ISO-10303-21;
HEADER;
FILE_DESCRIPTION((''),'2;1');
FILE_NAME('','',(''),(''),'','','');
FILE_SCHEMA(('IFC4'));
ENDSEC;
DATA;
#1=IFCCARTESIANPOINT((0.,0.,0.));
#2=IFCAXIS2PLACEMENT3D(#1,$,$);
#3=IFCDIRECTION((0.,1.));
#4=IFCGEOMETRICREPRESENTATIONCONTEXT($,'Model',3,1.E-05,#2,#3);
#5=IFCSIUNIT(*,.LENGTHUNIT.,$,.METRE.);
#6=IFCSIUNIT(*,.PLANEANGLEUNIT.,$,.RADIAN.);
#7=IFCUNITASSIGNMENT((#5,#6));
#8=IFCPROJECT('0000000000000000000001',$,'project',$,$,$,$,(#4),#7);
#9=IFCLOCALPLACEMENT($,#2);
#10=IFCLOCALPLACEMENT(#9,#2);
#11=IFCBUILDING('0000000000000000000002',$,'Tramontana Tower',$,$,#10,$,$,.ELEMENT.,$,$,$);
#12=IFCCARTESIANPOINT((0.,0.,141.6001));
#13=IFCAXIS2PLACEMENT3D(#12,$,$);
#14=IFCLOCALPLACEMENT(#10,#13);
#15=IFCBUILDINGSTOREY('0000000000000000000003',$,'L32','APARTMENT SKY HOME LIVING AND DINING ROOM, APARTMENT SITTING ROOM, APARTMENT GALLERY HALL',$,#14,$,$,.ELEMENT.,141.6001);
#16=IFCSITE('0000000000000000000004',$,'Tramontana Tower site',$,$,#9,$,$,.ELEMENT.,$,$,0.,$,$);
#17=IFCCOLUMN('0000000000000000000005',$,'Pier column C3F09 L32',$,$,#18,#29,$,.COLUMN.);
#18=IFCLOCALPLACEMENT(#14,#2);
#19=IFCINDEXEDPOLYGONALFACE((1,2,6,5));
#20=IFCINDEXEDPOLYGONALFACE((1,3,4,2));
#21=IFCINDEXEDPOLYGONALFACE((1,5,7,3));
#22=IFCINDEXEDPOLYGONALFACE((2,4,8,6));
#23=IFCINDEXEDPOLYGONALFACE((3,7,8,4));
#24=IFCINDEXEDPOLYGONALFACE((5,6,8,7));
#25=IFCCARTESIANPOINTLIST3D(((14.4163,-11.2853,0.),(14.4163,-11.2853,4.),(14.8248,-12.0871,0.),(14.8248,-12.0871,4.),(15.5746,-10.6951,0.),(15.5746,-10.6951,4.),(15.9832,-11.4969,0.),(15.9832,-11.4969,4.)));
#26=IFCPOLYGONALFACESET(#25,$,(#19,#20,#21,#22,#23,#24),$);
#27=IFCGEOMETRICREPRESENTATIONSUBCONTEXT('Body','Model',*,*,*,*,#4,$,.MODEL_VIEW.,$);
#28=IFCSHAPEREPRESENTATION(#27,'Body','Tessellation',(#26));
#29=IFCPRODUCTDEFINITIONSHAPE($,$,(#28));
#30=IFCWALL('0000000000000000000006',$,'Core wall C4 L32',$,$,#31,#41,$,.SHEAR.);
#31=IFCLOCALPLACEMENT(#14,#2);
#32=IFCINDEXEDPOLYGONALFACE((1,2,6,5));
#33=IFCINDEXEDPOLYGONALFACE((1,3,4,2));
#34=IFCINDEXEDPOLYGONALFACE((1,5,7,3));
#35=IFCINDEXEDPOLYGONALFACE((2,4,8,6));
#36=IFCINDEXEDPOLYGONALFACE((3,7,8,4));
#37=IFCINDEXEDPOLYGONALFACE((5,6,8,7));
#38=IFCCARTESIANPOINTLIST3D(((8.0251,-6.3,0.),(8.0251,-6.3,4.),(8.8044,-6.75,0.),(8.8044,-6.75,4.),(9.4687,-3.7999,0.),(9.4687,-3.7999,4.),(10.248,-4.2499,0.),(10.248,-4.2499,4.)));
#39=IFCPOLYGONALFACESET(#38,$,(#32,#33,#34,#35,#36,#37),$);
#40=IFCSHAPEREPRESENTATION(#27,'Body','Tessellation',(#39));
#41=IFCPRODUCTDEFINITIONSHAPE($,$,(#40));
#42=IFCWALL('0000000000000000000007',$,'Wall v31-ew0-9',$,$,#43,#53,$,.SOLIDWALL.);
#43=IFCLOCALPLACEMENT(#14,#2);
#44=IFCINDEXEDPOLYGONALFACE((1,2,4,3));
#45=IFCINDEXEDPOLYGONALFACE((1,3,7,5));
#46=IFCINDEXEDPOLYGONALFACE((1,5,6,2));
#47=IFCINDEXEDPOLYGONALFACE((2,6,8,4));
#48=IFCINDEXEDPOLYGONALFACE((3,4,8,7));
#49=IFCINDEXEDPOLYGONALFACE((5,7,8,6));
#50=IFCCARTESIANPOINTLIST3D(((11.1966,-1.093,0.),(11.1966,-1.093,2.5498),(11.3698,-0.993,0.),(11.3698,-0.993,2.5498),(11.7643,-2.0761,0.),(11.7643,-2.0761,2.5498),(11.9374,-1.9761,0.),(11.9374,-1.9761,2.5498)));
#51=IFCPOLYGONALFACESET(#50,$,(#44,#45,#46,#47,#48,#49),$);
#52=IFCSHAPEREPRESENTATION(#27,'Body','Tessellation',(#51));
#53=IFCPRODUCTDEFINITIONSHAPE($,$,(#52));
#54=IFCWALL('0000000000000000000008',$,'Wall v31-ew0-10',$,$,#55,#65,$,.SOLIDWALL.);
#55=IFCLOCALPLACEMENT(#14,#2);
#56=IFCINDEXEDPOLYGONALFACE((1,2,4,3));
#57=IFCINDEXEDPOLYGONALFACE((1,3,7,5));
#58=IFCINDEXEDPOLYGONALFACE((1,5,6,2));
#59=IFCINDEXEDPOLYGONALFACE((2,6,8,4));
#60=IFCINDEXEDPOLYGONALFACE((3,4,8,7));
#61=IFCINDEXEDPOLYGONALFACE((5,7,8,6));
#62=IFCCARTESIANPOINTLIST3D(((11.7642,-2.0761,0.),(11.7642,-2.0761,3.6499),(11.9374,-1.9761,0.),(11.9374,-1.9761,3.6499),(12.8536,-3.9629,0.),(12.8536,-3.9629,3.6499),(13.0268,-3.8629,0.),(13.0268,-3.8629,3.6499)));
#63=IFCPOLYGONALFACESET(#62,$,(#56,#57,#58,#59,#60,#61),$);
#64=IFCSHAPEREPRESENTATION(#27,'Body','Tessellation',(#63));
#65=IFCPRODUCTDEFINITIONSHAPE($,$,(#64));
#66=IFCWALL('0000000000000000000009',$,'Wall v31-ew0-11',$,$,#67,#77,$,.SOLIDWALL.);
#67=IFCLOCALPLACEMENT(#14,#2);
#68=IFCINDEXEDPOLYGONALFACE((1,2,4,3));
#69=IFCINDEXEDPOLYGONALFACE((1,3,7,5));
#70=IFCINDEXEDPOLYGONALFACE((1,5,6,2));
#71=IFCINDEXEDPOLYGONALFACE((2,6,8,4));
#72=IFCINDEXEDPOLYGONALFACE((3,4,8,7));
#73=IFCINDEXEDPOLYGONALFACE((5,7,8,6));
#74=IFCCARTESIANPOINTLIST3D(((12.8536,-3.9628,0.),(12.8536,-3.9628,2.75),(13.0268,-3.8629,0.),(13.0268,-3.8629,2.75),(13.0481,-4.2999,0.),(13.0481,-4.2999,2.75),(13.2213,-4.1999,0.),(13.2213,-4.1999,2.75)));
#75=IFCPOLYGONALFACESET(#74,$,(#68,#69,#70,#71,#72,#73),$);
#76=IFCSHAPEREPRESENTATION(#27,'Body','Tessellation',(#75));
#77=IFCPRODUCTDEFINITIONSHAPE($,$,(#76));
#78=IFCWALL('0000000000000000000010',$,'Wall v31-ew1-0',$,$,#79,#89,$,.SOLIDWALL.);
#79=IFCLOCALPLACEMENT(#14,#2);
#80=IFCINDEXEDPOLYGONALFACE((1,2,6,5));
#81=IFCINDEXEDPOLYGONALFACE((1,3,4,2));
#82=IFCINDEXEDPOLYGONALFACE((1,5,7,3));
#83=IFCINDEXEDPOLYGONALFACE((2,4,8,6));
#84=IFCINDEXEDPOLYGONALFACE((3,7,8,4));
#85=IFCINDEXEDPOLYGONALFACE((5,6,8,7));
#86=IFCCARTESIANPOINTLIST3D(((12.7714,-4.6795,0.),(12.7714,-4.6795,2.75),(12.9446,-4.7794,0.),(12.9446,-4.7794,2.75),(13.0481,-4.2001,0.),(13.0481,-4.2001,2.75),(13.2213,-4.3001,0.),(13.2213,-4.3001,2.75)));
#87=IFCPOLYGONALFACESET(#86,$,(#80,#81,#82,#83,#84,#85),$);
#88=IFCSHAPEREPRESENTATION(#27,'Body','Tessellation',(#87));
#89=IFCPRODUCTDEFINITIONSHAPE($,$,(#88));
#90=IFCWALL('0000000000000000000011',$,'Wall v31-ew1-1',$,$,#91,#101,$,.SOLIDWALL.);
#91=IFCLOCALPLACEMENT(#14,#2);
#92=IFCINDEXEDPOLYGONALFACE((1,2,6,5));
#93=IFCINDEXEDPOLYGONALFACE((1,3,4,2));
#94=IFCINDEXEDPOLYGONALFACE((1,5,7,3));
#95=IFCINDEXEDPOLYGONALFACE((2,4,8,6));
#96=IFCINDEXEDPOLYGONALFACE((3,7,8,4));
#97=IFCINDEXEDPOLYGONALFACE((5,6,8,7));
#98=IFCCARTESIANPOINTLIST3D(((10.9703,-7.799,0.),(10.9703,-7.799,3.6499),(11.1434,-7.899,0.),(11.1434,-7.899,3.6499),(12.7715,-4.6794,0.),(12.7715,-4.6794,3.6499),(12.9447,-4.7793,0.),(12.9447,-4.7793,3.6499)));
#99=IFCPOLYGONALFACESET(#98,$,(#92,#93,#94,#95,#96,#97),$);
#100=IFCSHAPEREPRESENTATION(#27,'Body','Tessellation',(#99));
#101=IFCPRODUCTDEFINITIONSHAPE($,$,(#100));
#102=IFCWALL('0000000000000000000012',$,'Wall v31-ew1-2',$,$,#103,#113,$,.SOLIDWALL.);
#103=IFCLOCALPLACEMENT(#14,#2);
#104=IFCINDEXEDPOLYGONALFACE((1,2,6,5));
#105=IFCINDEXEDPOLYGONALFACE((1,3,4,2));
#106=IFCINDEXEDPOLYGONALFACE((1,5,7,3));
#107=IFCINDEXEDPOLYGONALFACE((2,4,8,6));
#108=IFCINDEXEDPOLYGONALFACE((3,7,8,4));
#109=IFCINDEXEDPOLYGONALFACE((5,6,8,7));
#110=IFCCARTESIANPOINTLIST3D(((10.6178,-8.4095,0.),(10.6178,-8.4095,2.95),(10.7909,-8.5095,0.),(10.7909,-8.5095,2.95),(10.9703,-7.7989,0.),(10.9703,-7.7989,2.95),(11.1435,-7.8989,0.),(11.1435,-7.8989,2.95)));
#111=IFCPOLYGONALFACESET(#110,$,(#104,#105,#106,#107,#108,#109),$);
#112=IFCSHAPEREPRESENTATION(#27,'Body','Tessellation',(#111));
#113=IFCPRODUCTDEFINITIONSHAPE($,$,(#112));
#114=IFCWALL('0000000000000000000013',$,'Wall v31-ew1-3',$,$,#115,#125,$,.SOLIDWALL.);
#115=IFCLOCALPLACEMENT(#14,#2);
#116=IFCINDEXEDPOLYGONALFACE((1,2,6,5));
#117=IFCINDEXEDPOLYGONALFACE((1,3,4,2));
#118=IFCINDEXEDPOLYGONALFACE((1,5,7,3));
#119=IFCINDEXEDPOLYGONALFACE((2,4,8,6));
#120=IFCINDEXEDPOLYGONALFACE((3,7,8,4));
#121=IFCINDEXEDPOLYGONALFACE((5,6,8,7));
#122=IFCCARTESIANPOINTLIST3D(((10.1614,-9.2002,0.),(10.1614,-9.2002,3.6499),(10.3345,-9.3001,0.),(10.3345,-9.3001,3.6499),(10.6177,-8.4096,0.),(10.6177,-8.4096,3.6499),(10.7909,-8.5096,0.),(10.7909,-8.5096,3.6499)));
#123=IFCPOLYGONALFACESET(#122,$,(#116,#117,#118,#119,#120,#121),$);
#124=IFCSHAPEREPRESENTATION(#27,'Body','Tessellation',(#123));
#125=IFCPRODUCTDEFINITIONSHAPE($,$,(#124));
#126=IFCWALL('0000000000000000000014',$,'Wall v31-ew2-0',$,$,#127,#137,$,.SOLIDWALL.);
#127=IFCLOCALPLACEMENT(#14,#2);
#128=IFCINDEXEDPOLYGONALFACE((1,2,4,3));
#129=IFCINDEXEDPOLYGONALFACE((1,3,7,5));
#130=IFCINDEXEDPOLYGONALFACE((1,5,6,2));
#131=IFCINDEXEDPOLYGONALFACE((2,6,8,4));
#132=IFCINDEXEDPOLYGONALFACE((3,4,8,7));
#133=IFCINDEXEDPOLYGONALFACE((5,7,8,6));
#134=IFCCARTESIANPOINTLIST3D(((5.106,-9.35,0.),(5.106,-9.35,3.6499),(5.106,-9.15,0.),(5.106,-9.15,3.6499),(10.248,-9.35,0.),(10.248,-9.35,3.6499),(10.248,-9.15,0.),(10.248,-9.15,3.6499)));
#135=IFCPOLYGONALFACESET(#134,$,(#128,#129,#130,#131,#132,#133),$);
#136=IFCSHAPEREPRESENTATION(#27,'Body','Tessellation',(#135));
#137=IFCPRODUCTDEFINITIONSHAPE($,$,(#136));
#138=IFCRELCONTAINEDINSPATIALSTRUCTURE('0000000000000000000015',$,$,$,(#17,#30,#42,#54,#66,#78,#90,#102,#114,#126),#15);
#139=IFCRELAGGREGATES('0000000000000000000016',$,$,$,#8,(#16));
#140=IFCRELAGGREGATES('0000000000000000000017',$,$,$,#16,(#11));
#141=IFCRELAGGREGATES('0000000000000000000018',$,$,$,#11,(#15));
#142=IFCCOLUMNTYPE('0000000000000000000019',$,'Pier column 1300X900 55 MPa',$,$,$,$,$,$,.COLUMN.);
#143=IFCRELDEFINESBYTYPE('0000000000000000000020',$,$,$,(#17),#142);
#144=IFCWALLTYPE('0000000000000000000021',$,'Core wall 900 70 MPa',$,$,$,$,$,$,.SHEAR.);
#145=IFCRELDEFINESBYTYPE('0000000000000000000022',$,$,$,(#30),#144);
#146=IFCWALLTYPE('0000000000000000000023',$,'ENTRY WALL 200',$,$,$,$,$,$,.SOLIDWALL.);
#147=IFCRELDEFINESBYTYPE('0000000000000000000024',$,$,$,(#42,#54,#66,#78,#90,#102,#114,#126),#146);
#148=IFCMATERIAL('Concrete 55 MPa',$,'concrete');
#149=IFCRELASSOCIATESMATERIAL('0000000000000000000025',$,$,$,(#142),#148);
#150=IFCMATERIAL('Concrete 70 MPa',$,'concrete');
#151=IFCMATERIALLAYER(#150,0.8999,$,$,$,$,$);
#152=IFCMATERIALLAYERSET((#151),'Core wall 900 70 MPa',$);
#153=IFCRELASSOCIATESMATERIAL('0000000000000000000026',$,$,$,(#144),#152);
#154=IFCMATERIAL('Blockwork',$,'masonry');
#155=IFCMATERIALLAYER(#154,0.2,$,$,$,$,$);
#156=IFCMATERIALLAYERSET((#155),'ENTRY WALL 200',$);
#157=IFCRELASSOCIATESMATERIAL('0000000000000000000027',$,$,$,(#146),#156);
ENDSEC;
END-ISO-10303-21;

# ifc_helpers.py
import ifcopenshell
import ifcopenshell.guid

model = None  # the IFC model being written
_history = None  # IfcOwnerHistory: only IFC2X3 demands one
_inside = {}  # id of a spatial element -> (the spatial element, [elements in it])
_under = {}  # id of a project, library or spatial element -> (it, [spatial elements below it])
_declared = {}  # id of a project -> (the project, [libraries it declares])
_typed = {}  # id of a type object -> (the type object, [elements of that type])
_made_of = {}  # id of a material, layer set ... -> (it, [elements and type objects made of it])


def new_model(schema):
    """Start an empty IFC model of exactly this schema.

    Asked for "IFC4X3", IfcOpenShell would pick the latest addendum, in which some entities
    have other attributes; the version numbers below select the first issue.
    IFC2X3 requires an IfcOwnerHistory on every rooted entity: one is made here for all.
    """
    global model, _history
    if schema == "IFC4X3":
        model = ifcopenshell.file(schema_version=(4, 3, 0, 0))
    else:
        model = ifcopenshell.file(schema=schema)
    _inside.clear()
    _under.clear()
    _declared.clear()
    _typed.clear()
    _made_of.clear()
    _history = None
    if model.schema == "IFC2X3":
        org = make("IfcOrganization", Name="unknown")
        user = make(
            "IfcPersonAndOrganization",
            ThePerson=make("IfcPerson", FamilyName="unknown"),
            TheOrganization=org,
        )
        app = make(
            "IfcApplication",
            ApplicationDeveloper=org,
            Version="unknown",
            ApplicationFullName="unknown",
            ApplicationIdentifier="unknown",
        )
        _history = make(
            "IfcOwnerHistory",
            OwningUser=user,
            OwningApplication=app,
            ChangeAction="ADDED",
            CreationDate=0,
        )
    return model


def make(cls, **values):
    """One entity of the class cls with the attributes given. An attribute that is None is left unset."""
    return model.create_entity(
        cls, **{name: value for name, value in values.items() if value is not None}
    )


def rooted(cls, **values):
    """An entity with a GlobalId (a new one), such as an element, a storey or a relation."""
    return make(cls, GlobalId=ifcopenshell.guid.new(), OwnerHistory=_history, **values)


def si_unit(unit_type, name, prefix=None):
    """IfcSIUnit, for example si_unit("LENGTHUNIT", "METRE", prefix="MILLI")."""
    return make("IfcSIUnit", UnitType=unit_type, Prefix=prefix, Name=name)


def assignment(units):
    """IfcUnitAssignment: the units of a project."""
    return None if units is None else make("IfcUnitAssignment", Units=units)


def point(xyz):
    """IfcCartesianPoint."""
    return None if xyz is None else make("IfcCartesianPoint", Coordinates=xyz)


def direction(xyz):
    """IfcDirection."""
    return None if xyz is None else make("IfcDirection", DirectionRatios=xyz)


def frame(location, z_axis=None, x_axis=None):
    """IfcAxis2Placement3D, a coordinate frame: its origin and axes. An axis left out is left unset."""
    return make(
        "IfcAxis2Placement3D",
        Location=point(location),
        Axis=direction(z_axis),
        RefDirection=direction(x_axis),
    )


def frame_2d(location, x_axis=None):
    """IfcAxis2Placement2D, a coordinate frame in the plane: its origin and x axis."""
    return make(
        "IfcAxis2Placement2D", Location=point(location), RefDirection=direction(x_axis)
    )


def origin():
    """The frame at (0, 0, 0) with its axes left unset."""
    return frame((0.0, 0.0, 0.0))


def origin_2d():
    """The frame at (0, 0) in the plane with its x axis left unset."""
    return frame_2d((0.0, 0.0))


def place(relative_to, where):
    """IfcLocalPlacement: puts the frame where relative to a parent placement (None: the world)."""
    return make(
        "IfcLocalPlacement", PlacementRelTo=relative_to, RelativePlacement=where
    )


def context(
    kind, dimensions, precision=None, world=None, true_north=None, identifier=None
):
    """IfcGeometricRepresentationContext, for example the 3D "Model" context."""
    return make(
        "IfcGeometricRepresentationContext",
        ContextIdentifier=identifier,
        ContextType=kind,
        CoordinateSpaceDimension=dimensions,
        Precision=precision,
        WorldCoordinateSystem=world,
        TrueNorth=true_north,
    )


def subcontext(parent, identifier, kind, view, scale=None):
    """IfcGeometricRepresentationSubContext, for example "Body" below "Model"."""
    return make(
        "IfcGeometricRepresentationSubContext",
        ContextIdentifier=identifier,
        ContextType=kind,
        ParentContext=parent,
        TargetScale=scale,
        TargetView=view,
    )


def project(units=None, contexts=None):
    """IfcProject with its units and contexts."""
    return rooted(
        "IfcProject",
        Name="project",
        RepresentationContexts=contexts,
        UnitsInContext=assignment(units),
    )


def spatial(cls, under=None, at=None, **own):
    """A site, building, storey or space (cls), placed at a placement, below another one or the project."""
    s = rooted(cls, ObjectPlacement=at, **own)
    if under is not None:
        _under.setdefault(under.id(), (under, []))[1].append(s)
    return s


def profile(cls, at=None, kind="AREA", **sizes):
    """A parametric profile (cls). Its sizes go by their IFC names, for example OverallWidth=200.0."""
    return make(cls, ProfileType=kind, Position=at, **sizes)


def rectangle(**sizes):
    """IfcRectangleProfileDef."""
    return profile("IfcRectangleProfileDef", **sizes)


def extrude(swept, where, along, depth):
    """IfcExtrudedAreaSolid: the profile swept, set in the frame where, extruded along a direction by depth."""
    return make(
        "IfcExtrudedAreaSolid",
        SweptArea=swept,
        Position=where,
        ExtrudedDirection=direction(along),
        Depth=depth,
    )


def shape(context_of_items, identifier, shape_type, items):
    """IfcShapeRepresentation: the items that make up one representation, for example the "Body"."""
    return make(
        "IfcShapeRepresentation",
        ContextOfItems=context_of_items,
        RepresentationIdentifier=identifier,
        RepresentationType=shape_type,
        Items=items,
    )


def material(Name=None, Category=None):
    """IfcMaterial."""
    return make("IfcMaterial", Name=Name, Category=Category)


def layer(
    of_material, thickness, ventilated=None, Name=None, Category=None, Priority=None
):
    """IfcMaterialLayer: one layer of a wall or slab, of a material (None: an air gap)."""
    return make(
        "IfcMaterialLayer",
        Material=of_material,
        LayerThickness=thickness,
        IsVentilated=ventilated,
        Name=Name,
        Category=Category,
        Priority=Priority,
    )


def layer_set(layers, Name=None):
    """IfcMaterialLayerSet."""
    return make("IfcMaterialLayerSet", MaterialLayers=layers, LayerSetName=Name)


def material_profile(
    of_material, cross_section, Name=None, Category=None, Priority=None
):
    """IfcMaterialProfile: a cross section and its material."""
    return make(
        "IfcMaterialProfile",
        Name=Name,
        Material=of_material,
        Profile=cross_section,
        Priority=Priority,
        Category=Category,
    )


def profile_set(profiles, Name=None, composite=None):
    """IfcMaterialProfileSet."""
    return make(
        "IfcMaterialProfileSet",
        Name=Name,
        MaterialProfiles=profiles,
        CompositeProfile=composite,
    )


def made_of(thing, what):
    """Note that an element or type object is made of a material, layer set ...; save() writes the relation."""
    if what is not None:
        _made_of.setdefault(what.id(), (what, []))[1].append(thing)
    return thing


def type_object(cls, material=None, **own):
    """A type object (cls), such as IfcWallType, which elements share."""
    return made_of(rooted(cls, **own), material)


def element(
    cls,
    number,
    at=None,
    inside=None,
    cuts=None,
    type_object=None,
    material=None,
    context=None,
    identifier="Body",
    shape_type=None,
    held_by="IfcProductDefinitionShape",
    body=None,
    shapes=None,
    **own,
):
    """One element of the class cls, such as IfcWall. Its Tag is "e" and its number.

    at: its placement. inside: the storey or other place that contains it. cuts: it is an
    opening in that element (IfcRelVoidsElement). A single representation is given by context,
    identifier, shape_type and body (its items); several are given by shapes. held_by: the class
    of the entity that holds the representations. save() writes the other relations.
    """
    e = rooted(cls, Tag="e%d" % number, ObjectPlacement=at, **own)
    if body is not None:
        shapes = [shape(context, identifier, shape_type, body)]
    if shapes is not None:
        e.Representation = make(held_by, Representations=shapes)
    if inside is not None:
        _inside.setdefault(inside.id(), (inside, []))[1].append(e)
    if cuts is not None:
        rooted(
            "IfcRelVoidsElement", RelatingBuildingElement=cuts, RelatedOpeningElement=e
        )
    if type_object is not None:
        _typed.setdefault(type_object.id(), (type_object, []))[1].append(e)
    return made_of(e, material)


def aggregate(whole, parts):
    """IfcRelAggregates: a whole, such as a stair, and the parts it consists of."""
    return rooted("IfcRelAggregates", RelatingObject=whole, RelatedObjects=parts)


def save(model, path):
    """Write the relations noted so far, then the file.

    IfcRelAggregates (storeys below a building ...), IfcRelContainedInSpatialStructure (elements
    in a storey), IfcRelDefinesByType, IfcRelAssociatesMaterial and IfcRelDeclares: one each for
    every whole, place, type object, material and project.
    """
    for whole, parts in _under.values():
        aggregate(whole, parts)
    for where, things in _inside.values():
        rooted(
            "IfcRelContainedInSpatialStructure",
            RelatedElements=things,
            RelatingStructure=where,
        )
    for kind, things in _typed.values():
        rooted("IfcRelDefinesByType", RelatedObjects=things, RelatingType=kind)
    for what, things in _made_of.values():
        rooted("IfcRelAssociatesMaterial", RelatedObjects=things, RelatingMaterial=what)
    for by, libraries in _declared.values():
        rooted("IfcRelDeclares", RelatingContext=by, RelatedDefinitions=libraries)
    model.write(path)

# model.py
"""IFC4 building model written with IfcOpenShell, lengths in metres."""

from ifc_helpers import new_model, si_unit, direction, frame, frame_2d, origin, origin_2d, place, context, subcontext, project, spatial, rectangle, extrude, material, layer, layer_set, material_profile, profile_set, type_object, element, save


model = new_model("IFC4")

# Units and contexts
model_context = context("Model", 3, precision=1e-05, world=origin(), true_north=direction((0.0, 1.0)))
body_context = subcontext(model_context, "Body", "Model", "MODEL_VIEW")
ifc_project = project(units=[si_unit("LENGTHUNIT", "METRE"), si_unit("PLANEANGLEUNIT", "RADIAN")], contexts=[model_context])

# Site, building, storey
site_placement = place(None, origin())
site = spatial("IfcSite", under=ifc_project, at=site_placement, Name="Tramontana Tower site", CompositionType="ELEMENT", RefElevation=0.0)
building_placement = place(site_placement, origin())
building = spatial("IfcBuilding", under=site, at=building_placement, Name="Tramontana Tower", CompositionType="ELEMENT")
storey_placement = place(building_placement, frame((0.0, 0.0, 141.6001)))
storey = spatial("IfcBuildingStorey", under=building, at=storey_placement, Name="L32", Description="APARTMENT SKY HOME LIVING AND DINING ROOM, APARTMENT SITTING ROOM, APARTMENT GALLERY HALL", CompositionType="ELEMENT", Elevation=141.6001)

# Column
ifc_material_1 = material(Name="Concrete 55 MPa", Category="concrete")
ifc_material_profile = material_profile(ifc_material_1, rectangle(XDim=1.3, YDim=0.8999, at=origin_2d()), Name="Pier column 1300X900 55 MPa")
ifc_profile_set = profile_set([ifc_material_profile], Name="Concrete 55 MPa")
column_type = type_object("IfcColumnType", Name="Pier column 1300X900 55 MPa", PredefinedType="COLUMN", material=ifc_profile_set)
column_placement = place(storey_placement, frame((15.1997, -11.3911, 0.0), z_axis=(0.0, 0.0, 1.0), x_axis=(0.891007, 0.45399, 0.0)))
element("IfcColumn", 1, at=column_placement, inside=storey, type_object=column_type, Name="Pier column C3F09 L32", PredefinedType="COLUMN", context=body_context, shape_type="SweptSolid", body=[
    extrude(rectangle(XDim=1.3, YDim=0.8999, at=origin_2d()), origin(), (0.0, 0.0, 1.0), 4.0),
])

# Wall
ifc_material_2 = material(Name="Concrete 70 MPa", Category="concrete")
ifc_layer_1 = layer(ifc_material_2, 0.8999)
ifc_layer_set_1 = layer_set([ifc_layer_1], Name="Core wall 900 70 MPa")
wall_type_1 = type_object("IfcWallType", Name="Core wall 900 70 MPa", PredefinedType="SHEAR", material=ifc_layer_set_1)
wall_1_placement = place(storey_placement, frame((8.4148, -6.5249, 0.0), z_axis=(0.0, 0.0, 1.0), x_axis=(0.500059, 0.865991, 0.0)))
element("IfcWall", 2, at=wall_1_placement, inside=storey, type_object=wall_type_1, Name="Core wall C4 L32", PredefinedType="SHEAR", context=body_context, shape_type="SweptSolid", body=[
    extrude(rectangle(XDim=2.887, YDim=0.8999, at=frame_2d((1.4434, 0.0))), origin(), (0.0, 0.0, 1.0), 4.0),
])

# Walls
ifc_material_3 = material(Name="Blockwork", Category="masonry")
ifc_layer_2 = layer(ifc_material_3, 0.2)
ifc_layer_set_2 = layer_set([ifc_layer_2], Name="ENTRY WALL 200")
wall_type_2 = type_object("IfcWallType", Name="ENTRY WALL 200", PredefinedType="SOLIDWALL", material=ifc_layer_set_2)
wall_2_placement = place(storey_placement, frame((11.2832, -1.043, 0.0), z_axis=(0.0, 0.0, 1.0), x_axis=(0.500002, -0.866024, 0.0)))
element("IfcWall", 3, at=wall_2_placement, inside=storey, type_object=wall_type_2, Name="Wall v31-ew0-9", PredefinedType="SOLIDWALL", context=body_context, shape_type="SweptSolid", body=[
    extrude(rectangle(XDim=1.1353, YDim=0.2, at=frame_2d((0.5676, 0.0))), origin(), (0.0, 0.0, 1.0), 2.5498),
])
wall_3_placement = place(storey_placement, frame((11.8508, -2.0261, 0.0), z_axis=(0.0, 0.0, 1.0), x_axis=(0.50002, -0.866014, 0.0)))
element("IfcWall", 4, at=wall_3_placement, inside=storey, type_object=wall_type_2, Name="Wall v31-ew0-10", PredefinedType="SOLIDWALL", context=body_context, shape_type="SweptSolid", body=[
    extrude(rectangle(XDim=2.1787, YDim=0.2, at=frame_2d((1.0894, 0.0))), origin(), (0.0, 0.0, 1.0), 3.6499),
])
wall_4_placement = place(storey_placement, frame((12.9402, -3.9128, 0.0), z_axis=(0.0, 0.0, 1.0), x_axis=(0.499849, -0.866112, 0.0)))
element("IfcWall", 5, at=wall_4_placement, inside=storey, type_object=wall_type_2, Name="Wall v31-ew0-11", PredefinedType="SOLIDWALL", context=body_context, shape_type="SweptSolid", body=[
    extrude(rectangle(XDim=0.3892, YDim=0.2, at=frame_2d((0.1946, 0.0))), origin(), (0.0, 0.0, 1.0), 2.75),
])
wall_5_placement = place(storey_placement, frame((13.1348, -4.25, 0.0), z_axis=(0.0, 0.0, 1.0), x_axis=(-0.499888, -0.86609, 0.0)))
element("IfcWall", 6, at=wall_5_placement, inside=storey, type_object=wall_type_2, Name="Wall v31-ew1-0", PredefinedType="SOLIDWALL", context=body_context, shape_type="SweptSolid", body=[
    extrude(rectangle(XDim=0.5535, YDim=0.2, at=frame_2d((0.2769, 0.0))), origin(), (0.0, 0.0, 1.0), 2.75),
])
wall_6_placement = place(storey_placement, frame((12.8582, -4.7292, 0.0), z_axis=(0.0, 0.0, 1.0), x_axis=(-0.500031, -0.866007, 0.0)))
element("IfcWall", 7, at=wall_6_placement, inside=storey, type_object=wall_type_2, Name="Wall v31-ew1-1", PredefinedType="SOLIDWALL", context=body_context, shape_type="SweptSolid", body=[
    extrude(rectangle(XDim=3.6023, YDim=0.2, at=frame_2d((1.8013, 0.0))), origin(), (0.0, 0.0, 1.0), 3.6499),
])
wall_7_placement = place(storey_placement, frame((11.0569, -7.8489, 0.0), z_axis=(0.0, 0.0, 1.0), x_axis=(-0.500012, -0.866018, 0.0)))
element("IfcWall", 8, at=wall_7_placement, inside=storey, type_object=wall_type_2, Name="Wall v31-ew1-2", PredefinedType="SOLIDWALL", context=body_context, shape_type="SweptSolid", body=[
    extrude(rectangle(XDim=0.7051, YDim=0.2, at=frame_2d((0.3525, 0.0))), origin(), (0.0, 0.0, 1.0), 2.95),
])
wall_8_placement = place(storey_placement, frame((10.7043, -8.4595, 0.0), z_axis=(0.0, 0.0, 1.0), x_axis=(-0.499908, -0.866079, 0.0)))
element("IfcWall", 9, at=wall_8_placement, inside=storey, type_object=wall_type_2, Name="Wall v31-ew1-3", PredefinedType="SOLIDWALL", context=body_context, shape_type="SweptSolid", body=[
    extrude(rectangle(XDim=0.9128, YDim=0.2, at=frame_2d((0.4565, 0.0))), origin(), (0.0, 0.0, 1.0), 3.6499),
])
wall_9_placement = place(storey_placement, frame((10.248, -9.25, 0.0), z_axis=(0.0, 0.0, 1.0), x_axis=(-1.0, 0.0, 0.0)))
element("IfcWall", 10, at=wall_9_placement, inside=storey, type_object=wall_type_2, Name="Wall v31-ew2-0", PredefinedType="SOLIDWALL", context=body_context, shape_type="SweptSolid", body=[
    extrude(rectangle(XDim=5.1421, YDim=0.2, at=frame_2d((2.571, 0.0))), origin(), (0.0, 0.0, 1.0), 3.6499),
])

save(model, "model.ifc")
